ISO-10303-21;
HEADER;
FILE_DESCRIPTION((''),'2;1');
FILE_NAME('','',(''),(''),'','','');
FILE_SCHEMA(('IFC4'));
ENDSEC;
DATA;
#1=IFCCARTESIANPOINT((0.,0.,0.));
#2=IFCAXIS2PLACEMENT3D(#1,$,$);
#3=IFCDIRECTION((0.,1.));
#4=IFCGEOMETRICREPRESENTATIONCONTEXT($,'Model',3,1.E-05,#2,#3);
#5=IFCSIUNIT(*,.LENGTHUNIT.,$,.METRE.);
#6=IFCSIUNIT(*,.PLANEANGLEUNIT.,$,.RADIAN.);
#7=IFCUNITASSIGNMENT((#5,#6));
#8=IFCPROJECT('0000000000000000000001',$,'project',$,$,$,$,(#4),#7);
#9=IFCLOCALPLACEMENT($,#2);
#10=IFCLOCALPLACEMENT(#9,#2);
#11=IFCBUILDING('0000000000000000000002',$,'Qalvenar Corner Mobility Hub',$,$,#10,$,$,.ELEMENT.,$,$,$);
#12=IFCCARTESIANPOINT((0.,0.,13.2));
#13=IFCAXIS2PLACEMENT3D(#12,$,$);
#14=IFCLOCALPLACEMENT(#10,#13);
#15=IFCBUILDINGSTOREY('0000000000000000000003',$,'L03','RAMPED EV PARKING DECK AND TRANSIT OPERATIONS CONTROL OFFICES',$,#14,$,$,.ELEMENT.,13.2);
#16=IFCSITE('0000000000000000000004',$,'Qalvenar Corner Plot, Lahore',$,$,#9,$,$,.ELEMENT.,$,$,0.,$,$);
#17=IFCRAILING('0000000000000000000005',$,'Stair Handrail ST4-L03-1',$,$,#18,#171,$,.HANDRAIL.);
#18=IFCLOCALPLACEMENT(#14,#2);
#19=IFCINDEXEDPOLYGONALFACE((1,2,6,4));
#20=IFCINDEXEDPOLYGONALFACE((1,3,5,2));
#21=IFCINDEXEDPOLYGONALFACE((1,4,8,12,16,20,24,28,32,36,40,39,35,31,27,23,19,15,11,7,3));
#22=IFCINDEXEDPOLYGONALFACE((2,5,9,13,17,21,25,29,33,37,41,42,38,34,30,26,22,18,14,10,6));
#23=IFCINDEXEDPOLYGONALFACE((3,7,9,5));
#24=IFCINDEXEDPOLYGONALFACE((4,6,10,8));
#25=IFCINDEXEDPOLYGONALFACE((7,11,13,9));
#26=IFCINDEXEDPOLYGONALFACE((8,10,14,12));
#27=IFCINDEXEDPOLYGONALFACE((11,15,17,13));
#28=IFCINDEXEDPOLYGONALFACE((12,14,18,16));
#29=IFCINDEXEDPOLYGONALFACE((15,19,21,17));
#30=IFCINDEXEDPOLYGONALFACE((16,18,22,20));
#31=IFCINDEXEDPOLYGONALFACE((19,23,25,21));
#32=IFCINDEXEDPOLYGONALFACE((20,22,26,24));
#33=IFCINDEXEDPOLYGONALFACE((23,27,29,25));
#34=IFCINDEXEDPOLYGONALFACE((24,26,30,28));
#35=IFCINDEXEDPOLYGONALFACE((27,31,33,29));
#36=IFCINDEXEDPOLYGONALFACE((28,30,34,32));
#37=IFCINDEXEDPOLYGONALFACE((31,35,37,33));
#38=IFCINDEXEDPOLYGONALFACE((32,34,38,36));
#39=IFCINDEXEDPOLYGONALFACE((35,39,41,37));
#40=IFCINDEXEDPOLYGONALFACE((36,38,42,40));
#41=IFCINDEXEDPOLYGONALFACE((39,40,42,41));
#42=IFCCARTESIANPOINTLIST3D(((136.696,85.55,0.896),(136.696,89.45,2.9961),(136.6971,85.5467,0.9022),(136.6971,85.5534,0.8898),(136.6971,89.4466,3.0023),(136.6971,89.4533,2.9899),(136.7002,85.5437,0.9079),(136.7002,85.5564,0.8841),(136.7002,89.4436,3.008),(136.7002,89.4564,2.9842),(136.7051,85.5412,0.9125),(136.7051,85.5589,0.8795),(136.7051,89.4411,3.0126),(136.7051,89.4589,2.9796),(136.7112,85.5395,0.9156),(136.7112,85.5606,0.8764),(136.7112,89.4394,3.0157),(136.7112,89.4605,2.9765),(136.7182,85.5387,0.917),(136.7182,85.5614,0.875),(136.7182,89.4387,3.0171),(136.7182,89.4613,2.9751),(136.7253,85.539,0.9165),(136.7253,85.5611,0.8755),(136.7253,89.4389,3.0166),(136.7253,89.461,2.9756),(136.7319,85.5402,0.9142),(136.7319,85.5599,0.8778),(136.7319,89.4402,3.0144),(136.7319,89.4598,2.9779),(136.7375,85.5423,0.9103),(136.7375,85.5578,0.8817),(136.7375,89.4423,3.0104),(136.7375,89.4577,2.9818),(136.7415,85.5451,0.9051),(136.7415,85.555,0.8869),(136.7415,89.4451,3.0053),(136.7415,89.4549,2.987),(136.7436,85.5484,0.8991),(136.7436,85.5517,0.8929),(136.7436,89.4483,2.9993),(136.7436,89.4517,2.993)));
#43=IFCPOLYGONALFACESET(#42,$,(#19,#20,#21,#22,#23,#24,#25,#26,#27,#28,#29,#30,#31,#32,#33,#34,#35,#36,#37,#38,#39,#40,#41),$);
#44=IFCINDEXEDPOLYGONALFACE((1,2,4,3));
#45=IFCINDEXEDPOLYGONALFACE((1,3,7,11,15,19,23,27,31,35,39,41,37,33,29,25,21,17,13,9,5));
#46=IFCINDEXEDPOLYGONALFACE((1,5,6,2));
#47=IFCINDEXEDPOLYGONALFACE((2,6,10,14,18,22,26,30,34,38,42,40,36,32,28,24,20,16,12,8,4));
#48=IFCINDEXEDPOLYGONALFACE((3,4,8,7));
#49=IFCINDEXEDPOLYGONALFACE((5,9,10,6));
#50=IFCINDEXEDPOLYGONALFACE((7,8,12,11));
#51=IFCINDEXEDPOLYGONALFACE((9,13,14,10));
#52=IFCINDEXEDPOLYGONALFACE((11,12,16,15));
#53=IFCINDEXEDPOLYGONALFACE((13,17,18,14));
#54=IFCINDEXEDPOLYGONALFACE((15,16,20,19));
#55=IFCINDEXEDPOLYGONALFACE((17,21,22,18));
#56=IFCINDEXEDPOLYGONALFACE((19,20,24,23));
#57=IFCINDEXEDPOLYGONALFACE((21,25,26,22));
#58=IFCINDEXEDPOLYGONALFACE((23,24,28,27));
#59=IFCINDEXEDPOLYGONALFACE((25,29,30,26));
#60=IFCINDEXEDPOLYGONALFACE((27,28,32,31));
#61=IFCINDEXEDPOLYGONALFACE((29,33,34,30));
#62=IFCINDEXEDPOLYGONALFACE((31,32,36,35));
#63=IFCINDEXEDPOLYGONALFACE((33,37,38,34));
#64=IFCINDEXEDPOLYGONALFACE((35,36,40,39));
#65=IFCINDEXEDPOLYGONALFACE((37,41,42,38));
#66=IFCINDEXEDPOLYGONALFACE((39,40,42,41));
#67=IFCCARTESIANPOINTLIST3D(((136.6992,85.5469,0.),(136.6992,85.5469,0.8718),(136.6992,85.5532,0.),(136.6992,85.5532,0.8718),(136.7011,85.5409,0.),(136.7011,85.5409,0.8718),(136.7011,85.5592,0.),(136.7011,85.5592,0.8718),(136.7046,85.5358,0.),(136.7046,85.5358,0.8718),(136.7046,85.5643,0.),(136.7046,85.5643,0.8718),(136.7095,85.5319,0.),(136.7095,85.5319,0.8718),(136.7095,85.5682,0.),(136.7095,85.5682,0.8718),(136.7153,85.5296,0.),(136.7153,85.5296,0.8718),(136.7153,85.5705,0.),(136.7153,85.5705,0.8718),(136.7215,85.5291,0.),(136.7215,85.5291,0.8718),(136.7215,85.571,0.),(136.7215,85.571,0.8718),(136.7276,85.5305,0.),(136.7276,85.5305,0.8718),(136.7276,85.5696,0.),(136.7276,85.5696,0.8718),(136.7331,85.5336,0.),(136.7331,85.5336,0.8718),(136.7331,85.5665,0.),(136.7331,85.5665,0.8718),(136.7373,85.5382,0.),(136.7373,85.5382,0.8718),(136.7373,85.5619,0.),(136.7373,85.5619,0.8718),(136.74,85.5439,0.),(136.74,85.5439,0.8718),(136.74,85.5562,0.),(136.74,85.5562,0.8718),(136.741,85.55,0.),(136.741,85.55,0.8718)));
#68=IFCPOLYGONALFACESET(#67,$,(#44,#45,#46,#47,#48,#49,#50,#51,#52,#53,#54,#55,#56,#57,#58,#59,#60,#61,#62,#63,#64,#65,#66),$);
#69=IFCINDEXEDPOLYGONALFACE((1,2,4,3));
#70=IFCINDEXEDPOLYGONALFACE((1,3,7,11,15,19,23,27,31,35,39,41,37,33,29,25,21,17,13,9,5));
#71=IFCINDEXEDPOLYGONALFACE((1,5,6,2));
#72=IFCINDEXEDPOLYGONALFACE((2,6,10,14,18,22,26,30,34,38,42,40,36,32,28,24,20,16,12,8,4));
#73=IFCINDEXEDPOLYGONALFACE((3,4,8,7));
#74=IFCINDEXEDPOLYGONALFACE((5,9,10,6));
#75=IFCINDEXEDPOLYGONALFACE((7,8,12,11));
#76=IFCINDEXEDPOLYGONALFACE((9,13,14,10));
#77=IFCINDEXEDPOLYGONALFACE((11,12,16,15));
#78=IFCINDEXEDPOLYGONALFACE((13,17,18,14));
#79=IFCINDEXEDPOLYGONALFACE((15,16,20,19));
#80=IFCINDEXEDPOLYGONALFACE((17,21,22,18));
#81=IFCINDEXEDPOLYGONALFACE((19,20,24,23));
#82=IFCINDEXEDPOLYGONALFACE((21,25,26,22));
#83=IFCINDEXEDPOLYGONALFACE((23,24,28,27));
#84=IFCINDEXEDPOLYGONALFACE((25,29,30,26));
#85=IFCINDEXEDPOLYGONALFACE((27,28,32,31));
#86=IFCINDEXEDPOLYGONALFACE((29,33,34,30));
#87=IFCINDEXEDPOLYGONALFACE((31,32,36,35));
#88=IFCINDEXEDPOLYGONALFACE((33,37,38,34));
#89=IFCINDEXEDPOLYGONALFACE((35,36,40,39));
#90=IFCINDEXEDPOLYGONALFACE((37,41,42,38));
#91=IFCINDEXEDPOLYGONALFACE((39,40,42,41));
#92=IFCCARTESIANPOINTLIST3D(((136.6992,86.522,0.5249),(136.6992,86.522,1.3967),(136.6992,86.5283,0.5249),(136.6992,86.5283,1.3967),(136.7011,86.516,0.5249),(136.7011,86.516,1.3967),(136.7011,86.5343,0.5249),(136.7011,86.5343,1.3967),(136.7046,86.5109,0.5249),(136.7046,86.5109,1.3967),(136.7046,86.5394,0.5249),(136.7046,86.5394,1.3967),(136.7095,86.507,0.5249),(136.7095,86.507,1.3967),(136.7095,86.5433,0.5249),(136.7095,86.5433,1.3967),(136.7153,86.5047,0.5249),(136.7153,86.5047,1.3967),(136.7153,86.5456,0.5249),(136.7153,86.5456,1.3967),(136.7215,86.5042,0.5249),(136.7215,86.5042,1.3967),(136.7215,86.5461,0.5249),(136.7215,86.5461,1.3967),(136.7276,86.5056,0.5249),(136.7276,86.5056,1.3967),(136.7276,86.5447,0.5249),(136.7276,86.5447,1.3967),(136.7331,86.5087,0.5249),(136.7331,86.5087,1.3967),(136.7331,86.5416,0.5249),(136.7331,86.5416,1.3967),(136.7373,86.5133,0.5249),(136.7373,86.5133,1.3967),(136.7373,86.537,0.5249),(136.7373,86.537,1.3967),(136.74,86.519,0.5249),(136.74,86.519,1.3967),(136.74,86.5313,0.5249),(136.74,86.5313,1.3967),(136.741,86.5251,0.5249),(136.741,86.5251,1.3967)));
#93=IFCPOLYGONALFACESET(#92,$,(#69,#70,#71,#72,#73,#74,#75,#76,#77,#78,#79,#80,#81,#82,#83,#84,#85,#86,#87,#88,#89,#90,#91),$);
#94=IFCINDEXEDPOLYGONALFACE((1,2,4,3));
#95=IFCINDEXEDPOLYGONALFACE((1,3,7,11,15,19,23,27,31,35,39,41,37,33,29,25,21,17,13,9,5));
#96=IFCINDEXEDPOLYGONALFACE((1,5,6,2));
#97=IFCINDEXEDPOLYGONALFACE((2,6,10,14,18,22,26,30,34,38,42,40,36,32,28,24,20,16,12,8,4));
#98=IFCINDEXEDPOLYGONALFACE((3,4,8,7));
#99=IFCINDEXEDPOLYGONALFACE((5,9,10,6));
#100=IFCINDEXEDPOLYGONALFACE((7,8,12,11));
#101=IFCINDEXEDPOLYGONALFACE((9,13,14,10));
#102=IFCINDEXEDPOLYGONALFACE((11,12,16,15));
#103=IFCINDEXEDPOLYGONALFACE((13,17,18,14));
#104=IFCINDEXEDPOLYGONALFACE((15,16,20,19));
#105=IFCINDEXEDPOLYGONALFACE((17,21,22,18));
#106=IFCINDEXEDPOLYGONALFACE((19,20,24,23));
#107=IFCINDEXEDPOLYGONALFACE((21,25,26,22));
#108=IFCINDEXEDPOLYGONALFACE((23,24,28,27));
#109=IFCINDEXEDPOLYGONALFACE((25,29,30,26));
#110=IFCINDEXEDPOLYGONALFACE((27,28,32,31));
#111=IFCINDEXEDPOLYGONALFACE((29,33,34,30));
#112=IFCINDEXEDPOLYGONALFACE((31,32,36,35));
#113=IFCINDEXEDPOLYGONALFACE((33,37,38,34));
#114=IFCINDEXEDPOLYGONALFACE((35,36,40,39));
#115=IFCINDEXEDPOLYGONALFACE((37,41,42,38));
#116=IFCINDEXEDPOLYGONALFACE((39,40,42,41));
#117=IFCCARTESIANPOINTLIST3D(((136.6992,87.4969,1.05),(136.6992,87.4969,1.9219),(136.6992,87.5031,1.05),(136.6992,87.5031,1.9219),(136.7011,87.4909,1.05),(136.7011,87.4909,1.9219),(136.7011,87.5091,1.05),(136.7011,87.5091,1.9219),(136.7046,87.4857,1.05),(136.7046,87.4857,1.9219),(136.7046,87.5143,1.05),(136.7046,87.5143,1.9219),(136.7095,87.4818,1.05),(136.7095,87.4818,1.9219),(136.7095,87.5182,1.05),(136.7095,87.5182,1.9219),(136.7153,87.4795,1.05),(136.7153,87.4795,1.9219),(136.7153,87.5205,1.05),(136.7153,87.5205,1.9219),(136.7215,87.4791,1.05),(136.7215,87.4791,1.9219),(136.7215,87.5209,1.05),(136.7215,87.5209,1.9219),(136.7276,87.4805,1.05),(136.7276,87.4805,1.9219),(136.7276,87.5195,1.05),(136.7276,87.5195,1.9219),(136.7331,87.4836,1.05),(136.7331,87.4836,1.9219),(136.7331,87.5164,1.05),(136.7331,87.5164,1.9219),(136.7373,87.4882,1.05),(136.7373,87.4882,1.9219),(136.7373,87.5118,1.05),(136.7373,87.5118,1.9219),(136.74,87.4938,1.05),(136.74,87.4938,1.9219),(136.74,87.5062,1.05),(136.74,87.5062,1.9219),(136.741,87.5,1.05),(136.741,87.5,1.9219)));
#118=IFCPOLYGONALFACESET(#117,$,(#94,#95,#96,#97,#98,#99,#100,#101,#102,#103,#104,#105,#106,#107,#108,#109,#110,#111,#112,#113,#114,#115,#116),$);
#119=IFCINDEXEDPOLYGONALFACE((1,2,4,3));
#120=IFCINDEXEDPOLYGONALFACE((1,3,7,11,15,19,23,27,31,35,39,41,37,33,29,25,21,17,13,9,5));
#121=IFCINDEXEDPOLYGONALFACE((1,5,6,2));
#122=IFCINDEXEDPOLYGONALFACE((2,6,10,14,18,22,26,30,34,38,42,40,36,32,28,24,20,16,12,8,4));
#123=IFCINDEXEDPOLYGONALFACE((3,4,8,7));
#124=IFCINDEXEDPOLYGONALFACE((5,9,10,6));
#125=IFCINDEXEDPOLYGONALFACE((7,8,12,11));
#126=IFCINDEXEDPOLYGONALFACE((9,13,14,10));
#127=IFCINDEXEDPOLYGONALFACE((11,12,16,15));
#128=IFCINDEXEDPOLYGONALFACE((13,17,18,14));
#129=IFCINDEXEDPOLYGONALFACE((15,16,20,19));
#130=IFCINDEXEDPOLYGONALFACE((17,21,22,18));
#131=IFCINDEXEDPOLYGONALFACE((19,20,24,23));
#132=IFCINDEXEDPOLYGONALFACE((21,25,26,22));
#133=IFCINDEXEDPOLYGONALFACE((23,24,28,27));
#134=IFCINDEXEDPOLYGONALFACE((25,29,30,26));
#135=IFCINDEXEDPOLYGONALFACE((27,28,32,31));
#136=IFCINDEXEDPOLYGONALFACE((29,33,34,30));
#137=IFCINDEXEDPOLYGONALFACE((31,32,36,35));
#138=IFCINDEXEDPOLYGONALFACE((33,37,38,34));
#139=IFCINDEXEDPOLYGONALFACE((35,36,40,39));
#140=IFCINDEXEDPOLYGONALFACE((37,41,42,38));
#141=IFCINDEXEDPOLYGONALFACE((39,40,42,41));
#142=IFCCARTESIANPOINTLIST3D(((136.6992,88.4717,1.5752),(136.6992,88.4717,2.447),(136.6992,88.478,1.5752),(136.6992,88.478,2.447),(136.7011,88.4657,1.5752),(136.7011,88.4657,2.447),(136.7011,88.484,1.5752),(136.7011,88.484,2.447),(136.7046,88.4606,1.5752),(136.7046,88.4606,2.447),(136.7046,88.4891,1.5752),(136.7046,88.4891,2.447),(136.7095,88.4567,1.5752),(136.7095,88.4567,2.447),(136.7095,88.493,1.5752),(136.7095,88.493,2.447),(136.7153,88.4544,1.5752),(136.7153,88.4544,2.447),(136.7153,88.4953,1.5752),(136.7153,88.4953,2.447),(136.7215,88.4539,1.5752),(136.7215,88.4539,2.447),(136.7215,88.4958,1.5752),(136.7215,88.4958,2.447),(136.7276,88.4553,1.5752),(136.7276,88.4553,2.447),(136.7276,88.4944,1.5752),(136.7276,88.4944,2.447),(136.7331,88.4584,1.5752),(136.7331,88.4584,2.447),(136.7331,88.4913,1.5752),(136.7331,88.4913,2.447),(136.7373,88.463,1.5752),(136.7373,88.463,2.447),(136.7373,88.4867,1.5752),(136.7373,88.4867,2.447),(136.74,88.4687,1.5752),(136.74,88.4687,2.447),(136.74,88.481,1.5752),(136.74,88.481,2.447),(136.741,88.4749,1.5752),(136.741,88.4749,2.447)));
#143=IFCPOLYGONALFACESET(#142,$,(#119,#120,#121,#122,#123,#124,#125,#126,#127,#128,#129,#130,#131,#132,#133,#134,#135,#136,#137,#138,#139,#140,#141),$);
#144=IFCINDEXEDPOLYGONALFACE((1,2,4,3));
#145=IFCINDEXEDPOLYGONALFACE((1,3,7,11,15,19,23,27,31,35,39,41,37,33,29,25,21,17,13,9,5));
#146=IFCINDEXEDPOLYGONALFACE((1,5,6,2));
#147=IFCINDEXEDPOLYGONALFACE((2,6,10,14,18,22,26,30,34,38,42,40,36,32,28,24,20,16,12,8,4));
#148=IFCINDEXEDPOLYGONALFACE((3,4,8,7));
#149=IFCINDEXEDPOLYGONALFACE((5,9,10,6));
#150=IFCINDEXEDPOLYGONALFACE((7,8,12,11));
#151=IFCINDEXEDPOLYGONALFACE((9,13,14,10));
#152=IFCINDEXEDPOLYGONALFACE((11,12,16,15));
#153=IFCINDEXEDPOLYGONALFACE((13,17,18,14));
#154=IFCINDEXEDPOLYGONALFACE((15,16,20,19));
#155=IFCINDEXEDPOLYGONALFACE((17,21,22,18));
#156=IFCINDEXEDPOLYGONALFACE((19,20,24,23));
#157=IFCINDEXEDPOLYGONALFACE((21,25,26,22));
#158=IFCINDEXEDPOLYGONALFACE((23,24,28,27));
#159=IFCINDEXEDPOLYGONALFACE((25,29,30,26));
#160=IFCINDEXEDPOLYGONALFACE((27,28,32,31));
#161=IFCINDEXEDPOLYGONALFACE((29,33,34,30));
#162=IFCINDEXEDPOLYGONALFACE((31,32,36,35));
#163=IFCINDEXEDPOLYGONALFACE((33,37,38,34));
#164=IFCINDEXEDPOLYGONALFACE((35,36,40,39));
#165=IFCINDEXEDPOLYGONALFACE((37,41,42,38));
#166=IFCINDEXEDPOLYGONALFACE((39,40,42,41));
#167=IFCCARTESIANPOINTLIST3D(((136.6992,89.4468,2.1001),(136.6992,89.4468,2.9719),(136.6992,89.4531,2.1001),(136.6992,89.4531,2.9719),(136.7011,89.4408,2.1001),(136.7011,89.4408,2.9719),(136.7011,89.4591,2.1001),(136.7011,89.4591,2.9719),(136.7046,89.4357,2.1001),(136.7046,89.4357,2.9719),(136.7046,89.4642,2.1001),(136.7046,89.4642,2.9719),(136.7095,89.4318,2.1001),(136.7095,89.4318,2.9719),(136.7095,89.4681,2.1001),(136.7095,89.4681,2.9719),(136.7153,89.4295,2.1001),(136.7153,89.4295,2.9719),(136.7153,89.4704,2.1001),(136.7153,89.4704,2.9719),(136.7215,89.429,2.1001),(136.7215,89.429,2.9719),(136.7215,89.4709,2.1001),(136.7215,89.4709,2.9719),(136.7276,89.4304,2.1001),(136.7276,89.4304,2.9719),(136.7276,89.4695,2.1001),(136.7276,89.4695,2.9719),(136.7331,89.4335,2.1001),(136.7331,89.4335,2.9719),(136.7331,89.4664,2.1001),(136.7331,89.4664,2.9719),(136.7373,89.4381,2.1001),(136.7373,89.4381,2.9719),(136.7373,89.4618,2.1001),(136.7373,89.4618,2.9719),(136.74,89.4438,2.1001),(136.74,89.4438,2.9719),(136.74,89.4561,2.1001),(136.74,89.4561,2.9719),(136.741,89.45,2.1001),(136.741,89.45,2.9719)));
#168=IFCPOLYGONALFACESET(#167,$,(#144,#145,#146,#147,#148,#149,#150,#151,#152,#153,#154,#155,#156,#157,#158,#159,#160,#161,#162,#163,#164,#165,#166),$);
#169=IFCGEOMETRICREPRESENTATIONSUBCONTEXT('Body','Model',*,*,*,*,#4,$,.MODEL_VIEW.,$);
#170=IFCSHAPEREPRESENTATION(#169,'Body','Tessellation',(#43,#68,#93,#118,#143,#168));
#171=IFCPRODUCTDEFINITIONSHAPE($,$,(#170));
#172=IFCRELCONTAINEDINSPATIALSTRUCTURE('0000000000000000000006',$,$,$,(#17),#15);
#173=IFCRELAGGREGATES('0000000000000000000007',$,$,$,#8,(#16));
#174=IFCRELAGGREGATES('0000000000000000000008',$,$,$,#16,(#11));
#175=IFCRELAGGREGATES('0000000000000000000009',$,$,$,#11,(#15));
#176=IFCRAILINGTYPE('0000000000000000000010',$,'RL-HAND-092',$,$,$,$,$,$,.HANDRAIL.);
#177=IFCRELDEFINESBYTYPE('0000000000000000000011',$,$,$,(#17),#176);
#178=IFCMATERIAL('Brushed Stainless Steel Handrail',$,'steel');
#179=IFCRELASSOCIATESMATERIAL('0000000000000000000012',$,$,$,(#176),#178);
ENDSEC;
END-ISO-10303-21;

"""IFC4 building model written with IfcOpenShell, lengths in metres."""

from ifc_helpers import new_model, si_unit, direction, frame, origin, origin_2d, place, context, subcontext, project, spatial, circle, extrude, material, type_object, element, save


model = new_model("IFC4")

# Units and contexts
model_context = context("Model", 3, precision=1e-05, world=origin(), true_north=direction((0.0, 1.0)))
body_context = subcontext(model_context, "Body", "Model", "MODEL_VIEW")
ifc_project = project(units=[si_unit("LENGTHUNIT", "METRE"), si_unit("PLANEANGLEUNIT", "RADIAN")], contexts=[model_context])

# Site, building, storey
site_placement = place(None, origin())
site = spatial("IfcSite", under=ifc_project, at=site_placement, Name="Qalvenar Corner Plot, Lahore", CompositionType="ELEMENT", RefElevation=0.0)
building_placement = place(site_placement, origin())
building = spatial("IfcBuilding", under=site, at=building_placement, Name="Qalvenar Corner Mobility Hub", CompositionType="ELEMENT")
storey_placement = place(building_placement, frame((0.0, 0.0, 13.2)))
storey = spatial("IfcBuildingStorey", under=building, at=storey_placement, Name="L03", Description="RAMPED EV PARKING DECK AND TRANSIT OPERATIONS CONTROL OFFICES", CompositionType="ELEMENT", Elevation=13.2)

# Railing
ifc_material_1 = material(Name="Brushed Stainless Steel Handrail", Category="steel")
railing_type_1 = type_object("IfcRailingType", Name="RL-HAND-092", PredefinedType="HANDRAIL", material=ifc_material_1)
railing_1_placement = place(storey_placement, frame((136.72, 85.55, 0.0)))
element("IfcRailing", 1, at=railing_1_placement, inside=storey, type_object=railing_type_1, Name="Stair Handrail ST4-L03-1", PredefinedType="HANDRAIL", context=body_context, shape_type="SweptSolid", body=[
    extrude(circle(Radius=0.0239, at=origin_2d()), frame((0.0, 0.0, 0.896), z_axis=(0.0, 0.880457, 0.474126), x_axis=(-1.0, 0.0, 0.0)), (0.0, 0.0, 1.0), 4.4294),
    extrude(circle(Radius=0.021, at=origin_2d()), origin(), (0.0, 0.0, 1.0), 0.8718),
    extrude(circle(Radius=0.021, at=origin_2d()), frame((0.0, 0.9751, 0.5249)), (0.0, 0.0, 1.0), 0.8718),
    extrude(circle(Radius=0.021, at=origin_2d()), frame((0.0, 1.95, 1.05)), (0.0, 0.0, 1.0), 0.8718),
    extrude(circle(Radius=0.021, at=origin_2d()), frame((0.0, 2.9248, 1.5752)), (0.0, 0.0, 1.0), 0.8718),
    extrude(circle(Radius=0.021, at=origin_2d()), frame((0.0, 3.8999, 2.1001)), (0.0, 0.0, 1.0), 0.8718),
])

save(model, "model.ifc")
